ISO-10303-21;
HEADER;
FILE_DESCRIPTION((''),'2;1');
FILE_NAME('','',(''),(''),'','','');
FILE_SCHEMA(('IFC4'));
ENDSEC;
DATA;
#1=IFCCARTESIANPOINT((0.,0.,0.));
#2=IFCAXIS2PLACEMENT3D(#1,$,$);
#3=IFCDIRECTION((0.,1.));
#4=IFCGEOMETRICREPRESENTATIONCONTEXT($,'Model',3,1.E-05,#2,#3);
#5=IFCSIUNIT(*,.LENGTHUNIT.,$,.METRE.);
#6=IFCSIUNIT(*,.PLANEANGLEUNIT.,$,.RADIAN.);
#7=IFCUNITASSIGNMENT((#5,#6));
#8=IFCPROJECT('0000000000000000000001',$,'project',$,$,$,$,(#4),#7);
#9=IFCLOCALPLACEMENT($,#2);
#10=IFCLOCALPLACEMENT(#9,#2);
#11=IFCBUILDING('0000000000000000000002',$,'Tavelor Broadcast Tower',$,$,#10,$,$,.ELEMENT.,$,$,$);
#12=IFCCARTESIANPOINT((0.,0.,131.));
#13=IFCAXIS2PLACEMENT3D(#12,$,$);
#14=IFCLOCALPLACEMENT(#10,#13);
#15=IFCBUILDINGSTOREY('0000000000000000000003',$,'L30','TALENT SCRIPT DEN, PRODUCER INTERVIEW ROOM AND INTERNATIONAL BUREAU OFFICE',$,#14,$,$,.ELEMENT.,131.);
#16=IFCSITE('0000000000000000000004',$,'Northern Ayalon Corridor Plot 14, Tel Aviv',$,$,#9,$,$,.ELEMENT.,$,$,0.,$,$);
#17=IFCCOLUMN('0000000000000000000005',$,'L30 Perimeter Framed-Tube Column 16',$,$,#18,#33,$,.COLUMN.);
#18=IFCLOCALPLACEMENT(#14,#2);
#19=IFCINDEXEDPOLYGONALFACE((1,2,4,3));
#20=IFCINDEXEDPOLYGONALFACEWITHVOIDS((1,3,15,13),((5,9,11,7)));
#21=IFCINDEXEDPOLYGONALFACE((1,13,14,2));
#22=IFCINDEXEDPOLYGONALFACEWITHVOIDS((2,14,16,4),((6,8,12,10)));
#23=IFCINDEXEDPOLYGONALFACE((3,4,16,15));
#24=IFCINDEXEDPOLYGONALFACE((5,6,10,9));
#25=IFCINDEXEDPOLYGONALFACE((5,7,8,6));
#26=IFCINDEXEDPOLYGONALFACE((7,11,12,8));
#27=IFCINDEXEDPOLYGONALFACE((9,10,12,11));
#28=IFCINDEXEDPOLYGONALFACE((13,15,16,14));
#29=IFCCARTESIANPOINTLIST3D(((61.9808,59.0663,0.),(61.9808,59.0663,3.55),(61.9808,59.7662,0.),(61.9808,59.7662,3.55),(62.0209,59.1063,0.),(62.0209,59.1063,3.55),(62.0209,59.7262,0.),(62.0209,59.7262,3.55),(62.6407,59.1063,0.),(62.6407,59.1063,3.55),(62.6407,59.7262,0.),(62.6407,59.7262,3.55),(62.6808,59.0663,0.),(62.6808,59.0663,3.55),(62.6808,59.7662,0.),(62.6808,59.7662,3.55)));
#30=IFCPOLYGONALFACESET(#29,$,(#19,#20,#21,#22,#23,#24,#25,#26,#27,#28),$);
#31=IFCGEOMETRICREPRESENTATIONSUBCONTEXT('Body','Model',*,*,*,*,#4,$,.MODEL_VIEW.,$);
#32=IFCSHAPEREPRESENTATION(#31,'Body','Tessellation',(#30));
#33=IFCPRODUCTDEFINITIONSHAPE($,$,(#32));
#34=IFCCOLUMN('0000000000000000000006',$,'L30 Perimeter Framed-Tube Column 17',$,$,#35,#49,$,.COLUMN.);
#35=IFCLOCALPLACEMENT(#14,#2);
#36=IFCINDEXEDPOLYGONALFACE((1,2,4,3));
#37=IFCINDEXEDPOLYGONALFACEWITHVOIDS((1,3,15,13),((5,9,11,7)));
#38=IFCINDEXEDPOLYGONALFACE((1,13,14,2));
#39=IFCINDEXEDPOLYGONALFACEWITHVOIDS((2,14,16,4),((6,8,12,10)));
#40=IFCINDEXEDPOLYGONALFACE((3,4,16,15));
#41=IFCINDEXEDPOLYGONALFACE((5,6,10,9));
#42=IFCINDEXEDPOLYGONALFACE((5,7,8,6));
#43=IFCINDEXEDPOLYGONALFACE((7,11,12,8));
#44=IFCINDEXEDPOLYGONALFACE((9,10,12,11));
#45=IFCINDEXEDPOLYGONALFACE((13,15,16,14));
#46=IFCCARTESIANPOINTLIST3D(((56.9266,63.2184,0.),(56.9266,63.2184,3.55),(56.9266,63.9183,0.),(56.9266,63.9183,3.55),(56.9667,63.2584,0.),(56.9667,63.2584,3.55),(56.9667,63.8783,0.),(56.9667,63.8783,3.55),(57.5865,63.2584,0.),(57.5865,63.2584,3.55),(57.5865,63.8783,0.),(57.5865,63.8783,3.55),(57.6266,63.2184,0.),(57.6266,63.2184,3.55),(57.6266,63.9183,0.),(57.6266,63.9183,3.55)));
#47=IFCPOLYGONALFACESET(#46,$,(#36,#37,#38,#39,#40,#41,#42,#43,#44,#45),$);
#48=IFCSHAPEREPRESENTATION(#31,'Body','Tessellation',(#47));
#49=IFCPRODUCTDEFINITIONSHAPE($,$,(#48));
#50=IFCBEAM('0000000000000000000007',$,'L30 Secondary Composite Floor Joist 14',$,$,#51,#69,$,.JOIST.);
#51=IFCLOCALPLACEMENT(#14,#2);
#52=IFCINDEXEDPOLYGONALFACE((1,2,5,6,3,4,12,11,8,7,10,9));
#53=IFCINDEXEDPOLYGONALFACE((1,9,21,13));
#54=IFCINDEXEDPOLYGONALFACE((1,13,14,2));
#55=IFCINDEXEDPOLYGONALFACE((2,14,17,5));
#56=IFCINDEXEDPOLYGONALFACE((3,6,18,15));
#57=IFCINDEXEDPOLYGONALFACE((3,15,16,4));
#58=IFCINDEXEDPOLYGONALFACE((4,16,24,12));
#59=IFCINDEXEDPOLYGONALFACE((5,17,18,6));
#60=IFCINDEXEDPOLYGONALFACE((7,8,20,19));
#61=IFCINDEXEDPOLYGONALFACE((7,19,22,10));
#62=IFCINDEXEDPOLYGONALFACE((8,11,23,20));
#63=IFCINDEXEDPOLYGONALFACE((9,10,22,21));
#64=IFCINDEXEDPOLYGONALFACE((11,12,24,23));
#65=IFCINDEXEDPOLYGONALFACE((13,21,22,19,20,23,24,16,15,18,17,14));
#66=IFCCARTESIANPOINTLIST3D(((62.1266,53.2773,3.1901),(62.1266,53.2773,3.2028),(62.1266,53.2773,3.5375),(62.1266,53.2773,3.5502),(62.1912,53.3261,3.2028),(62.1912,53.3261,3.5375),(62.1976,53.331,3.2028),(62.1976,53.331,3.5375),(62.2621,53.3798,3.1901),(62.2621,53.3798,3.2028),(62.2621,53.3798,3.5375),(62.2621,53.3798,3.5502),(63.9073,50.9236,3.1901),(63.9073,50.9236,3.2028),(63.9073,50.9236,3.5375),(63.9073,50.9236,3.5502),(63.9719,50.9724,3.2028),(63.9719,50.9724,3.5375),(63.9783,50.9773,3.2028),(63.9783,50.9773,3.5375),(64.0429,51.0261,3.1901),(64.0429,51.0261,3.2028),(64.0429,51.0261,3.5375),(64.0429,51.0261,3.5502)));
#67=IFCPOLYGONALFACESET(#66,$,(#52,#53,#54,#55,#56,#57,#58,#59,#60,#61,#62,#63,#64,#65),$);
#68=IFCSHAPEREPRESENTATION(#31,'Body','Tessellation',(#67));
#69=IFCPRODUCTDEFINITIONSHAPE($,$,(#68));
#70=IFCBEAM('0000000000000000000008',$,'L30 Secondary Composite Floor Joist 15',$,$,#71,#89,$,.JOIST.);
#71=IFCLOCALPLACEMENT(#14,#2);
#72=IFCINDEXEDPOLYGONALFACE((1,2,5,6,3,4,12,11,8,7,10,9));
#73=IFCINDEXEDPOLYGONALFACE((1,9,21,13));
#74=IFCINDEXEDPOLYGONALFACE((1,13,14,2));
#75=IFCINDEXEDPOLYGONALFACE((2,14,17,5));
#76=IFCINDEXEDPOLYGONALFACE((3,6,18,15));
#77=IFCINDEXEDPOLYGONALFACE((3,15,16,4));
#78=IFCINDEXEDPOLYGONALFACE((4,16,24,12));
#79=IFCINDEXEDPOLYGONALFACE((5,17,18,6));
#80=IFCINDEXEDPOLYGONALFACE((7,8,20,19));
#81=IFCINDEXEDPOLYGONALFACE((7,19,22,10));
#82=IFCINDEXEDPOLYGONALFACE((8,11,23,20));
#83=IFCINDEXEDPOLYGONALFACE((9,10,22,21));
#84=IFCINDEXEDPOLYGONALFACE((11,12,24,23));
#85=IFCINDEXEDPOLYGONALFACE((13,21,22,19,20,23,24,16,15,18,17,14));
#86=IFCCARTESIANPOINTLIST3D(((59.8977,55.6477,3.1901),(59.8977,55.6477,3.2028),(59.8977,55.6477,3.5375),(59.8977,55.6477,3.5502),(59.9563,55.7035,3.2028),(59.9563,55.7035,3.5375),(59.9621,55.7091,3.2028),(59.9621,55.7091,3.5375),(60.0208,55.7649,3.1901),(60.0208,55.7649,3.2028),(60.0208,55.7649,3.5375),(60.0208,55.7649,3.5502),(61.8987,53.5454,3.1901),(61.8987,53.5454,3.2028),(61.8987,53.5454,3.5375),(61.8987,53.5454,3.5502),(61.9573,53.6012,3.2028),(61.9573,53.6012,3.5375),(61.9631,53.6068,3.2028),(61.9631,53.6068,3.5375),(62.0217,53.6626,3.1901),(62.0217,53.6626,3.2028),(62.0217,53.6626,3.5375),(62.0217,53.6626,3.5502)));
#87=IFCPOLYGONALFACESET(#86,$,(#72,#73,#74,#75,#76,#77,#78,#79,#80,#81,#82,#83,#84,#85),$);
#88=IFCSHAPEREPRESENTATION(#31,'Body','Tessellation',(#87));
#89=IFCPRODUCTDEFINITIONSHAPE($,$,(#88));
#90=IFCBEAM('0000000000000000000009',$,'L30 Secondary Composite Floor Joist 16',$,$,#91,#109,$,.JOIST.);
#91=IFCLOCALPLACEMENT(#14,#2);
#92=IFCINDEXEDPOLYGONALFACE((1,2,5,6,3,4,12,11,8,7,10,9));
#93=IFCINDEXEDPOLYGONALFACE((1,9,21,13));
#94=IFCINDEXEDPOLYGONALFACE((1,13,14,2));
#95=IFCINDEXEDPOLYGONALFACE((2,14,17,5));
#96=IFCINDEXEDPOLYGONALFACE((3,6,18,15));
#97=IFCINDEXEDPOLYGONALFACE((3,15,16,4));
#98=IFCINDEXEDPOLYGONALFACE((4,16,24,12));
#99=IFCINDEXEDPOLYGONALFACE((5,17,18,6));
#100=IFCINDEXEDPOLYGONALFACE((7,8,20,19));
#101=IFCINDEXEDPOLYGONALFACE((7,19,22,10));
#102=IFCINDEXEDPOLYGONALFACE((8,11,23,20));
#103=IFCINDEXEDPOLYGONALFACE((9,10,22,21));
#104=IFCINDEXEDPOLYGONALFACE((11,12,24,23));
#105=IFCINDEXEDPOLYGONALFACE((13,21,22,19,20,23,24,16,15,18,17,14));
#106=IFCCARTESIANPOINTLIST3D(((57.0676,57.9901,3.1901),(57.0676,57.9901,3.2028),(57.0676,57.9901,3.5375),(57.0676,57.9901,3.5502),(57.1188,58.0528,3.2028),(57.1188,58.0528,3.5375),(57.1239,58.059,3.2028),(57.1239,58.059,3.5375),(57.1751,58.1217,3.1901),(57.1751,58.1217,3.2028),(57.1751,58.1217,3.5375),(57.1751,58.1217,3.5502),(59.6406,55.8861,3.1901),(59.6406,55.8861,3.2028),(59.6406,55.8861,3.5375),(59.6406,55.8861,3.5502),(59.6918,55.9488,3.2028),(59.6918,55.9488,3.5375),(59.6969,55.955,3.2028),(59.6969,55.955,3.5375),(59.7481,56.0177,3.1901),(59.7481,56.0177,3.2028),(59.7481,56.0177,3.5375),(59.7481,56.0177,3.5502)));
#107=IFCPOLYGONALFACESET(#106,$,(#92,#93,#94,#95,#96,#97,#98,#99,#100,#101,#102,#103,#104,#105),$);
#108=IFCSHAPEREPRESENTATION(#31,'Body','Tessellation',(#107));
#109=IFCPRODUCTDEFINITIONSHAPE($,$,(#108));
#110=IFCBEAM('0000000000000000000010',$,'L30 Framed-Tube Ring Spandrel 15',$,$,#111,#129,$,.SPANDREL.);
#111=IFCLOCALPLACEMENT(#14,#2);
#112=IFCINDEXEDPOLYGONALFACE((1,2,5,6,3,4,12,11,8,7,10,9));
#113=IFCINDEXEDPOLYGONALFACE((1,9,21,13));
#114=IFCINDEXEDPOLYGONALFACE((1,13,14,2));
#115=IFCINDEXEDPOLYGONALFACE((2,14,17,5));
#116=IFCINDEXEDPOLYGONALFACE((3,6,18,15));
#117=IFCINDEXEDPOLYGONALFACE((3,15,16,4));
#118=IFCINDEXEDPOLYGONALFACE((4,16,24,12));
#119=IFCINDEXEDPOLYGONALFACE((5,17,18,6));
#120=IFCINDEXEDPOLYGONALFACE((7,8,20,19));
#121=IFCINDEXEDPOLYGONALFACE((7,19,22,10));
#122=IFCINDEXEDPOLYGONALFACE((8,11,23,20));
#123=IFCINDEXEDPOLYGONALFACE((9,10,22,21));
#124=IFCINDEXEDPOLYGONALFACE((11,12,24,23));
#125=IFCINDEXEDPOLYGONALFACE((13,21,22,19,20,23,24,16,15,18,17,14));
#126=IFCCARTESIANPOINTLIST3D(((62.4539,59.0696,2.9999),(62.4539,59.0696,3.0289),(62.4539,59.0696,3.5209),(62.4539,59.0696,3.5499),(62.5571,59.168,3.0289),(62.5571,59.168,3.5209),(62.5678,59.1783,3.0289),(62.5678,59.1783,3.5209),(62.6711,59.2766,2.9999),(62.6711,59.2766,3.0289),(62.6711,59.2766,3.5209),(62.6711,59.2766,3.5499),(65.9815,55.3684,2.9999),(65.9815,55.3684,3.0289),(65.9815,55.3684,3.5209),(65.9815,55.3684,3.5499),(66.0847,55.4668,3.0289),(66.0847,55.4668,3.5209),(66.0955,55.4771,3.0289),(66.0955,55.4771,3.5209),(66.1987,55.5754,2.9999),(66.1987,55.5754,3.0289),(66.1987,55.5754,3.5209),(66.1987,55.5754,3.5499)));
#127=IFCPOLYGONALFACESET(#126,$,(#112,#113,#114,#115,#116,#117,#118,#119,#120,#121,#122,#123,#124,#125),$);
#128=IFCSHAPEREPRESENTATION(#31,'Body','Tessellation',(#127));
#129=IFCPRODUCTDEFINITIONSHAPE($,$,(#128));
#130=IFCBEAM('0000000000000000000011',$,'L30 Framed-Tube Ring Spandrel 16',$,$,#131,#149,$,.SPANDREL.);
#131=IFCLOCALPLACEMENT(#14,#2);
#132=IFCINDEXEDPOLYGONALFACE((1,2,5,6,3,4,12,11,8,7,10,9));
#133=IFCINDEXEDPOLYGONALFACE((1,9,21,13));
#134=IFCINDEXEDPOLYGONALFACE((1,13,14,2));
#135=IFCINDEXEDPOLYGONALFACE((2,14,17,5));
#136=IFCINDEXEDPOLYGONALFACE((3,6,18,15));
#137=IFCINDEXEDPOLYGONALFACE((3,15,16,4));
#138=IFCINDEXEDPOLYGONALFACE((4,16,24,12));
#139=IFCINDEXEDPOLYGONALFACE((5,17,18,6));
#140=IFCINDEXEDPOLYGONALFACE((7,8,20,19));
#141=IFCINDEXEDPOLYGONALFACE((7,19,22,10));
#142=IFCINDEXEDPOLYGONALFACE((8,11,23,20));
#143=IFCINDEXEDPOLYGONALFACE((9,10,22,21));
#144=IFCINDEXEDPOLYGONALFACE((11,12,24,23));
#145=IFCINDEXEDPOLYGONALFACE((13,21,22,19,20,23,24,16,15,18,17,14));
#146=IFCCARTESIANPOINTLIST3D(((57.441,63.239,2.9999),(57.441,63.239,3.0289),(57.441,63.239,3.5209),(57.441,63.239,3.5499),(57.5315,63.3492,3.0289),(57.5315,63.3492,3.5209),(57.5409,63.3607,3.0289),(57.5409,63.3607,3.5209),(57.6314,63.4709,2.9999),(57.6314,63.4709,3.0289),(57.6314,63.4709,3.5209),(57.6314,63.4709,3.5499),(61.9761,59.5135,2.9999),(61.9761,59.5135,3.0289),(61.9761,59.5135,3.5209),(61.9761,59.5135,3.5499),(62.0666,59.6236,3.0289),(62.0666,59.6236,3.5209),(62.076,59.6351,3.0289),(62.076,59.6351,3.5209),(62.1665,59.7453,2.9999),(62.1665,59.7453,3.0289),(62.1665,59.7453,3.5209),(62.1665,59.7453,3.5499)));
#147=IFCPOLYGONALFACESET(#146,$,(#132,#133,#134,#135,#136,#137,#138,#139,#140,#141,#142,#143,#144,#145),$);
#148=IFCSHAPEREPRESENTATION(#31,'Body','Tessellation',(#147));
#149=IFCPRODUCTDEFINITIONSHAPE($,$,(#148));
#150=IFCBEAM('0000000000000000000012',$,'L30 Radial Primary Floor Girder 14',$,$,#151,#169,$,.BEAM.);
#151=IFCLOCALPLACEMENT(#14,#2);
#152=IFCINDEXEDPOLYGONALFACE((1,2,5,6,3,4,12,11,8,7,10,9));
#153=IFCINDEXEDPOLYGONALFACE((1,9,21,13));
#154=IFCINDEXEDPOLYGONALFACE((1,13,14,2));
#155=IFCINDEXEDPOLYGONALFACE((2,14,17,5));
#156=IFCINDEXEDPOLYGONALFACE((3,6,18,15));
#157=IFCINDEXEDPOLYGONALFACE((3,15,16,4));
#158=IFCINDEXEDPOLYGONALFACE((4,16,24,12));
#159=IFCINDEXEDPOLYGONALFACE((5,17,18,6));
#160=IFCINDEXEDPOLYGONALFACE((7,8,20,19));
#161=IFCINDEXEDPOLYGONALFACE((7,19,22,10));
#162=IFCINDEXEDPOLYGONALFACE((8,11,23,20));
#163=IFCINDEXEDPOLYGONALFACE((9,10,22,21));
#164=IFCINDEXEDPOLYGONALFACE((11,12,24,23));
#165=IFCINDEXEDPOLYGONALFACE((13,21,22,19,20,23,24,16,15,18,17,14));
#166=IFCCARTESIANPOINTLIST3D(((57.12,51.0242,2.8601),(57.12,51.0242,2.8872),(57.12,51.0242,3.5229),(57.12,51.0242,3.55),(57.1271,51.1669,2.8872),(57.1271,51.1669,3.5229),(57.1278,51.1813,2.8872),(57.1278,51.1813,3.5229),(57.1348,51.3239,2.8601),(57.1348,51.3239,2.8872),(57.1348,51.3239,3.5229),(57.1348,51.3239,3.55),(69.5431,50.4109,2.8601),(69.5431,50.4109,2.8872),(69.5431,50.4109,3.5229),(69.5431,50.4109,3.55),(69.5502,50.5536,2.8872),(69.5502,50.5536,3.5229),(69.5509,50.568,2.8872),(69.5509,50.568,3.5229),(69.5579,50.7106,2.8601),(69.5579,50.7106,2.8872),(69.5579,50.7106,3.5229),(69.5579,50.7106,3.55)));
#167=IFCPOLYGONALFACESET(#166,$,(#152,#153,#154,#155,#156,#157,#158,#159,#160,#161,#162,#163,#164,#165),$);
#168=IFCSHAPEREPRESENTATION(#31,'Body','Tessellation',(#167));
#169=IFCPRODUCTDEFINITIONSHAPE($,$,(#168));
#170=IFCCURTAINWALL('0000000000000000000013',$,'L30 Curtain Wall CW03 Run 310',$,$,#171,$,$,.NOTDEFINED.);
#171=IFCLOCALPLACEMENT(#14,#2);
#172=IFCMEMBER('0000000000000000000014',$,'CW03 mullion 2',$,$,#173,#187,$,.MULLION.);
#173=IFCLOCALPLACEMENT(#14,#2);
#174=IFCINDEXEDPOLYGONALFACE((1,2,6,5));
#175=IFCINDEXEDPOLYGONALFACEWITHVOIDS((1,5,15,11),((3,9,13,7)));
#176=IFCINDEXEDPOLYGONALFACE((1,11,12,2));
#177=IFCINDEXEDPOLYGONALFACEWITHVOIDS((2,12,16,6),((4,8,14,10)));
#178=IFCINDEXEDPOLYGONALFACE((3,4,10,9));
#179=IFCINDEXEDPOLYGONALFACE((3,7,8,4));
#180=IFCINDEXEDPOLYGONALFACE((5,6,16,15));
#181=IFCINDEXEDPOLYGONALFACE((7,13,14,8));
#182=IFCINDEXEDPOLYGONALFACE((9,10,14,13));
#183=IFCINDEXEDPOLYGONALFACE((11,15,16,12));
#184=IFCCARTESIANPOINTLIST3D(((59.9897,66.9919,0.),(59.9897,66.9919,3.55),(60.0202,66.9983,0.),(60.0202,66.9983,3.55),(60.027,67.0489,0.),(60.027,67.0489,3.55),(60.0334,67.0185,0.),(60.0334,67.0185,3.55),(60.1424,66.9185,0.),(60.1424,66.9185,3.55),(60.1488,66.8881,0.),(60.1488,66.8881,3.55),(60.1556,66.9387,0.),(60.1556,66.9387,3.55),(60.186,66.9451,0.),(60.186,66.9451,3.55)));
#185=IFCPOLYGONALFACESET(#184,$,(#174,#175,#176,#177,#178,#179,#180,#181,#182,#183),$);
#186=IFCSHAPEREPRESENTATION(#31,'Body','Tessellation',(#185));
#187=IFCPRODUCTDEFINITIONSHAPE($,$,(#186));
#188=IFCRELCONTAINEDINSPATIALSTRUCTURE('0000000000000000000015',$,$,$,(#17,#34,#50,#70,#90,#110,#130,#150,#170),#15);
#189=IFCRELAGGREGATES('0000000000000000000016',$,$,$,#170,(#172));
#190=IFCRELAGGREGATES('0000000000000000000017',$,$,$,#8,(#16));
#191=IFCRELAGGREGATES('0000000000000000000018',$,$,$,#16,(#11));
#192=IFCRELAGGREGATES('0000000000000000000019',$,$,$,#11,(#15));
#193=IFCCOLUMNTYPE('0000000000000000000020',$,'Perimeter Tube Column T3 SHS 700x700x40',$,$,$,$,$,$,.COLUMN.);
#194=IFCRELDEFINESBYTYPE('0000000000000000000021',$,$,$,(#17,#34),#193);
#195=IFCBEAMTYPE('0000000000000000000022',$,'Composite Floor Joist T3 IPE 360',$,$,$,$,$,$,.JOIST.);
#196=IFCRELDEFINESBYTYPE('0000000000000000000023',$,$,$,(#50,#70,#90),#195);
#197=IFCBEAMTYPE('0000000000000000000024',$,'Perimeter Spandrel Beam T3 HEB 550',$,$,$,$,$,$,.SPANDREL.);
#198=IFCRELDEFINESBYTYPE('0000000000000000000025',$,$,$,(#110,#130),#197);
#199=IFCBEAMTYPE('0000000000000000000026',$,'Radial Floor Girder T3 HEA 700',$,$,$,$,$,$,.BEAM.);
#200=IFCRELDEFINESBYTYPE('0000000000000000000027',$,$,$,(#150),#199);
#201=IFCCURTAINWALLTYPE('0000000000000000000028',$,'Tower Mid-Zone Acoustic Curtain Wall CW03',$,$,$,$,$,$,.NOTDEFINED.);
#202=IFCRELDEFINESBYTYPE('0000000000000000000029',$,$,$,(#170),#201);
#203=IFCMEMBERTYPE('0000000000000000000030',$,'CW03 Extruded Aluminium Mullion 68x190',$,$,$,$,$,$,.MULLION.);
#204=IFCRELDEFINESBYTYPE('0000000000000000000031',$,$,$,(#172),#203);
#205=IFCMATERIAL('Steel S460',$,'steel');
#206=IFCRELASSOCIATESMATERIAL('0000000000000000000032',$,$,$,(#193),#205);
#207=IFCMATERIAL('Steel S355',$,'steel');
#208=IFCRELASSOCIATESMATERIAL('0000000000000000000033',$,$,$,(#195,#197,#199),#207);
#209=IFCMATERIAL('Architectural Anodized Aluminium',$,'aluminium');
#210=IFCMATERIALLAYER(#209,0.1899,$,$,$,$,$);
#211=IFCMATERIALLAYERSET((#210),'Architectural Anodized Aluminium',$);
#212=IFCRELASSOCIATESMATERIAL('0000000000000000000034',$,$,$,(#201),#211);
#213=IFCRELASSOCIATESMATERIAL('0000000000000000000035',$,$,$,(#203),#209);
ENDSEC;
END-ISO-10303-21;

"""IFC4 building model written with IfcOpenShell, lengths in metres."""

from ifc_helpers import new_model, si_unit, direction, frame, origin, origin_2d, place, context, subcontext, project, spatial, hollow_rectangle, i_section, extrude, source, transform, mapped, material, layer, layer_set, material_profile, profile_set, type_object, type_shapes, element, aggregate, save


model = new_model("IFC4")

# Units and contexts
model_context = context("Model", 3, precision=1e-05, world=origin(), true_north=direction((0.0, 1.0)))
body_context = subcontext(model_context, "Body", "Model", "MODEL_VIEW")
ifc_project = project(units=[si_unit("LENGTHUNIT", "METRE"), si_unit("PLANEANGLEUNIT", "RADIAN")], contexts=[model_context])

# Site, building, storey
site_placement = place(None, origin())
site = spatial("IfcSite", under=ifc_project, at=site_placement, Name="Northern Ayalon Corridor Plot 14, Tel Aviv", CompositionType="ELEMENT", RefElevation=0.0)
building_placement = place(site_placement, origin())
building = spatial("IfcBuilding", under=site, at=building_placement, Name="Tavelor Broadcast Tower", CompositionType="ELEMENT")
storey_placement = place(building_placement, frame((0.0, 0.0, 131.0)))
storey = spatial("IfcBuildingStorey", under=building, at=storey_placement, Name="L30", Description="TALENT SCRIPT DEN, PRODUCER INTERVIEW ROOM AND INTERNATIONAL BUREAU OFFICE", CompositionType="ELEMENT", Elevation=131.0)

# Columns
ifc_material_1 = material(Name="Steel S460", Category="steel")
ifc_material_profile_1 = material_profile(ifc_material_1, hollow_rectangle(XDim=0.7, YDim=0.7, WallThickness=0.04, at=origin_2d()), Name="SHS 700x700x40")
ifc_profile_set_1 = profile_set([ifc_material_profile_1], Name="Steel S460")
column_type = type_object("IfcColumnType", Name="Perimeter Tube Column T3 SHS 700x700x40", PredefinedType="COLUMN", material=ifc_profile_set_1)
for number, where, z_axis, x_axis, name in (
    (1, (62.3308, 59.4163, 0.0), (0.0, 0.0, 1.0), (1.0, 0.0, 0.0), "L30 Perimeter Framed-Tube Column 16"),
    (2, (57.2766, 63.5684, 0.0), (0.0, 0.0, 1.0), (1.0, 0.0, 0.0), "L30 Perimeter Framed-Tube Column 17"),
):
    element("IfcColumn", number, at=place(storey_placement, frame(where, z_axis=z_axis, x_axis=x_axis)), inside=storey, type_object=column_type, Name=name, PredefinedType="COLUMN", context=body_context, shape_type="SweptSolid", body=[
        extrude(hollow_rectangle(XDim=0.7, YDim=0.7, WallThickness=0.04, at=origin_2d()), origin(), (0.0, 0.0, 1.0), 3.55),
    ])

# Beams
ifc_material_2 = material(Name="Steel S355", Category="steel")
ifc_material_profile_2 = material_profile(ifc_material_2, i_section(OverallWidth=0.1699, OverallDepth=0.3601, WebThickness=0.0081, FlangeThickness=0.0127, at=origin_2d()), Name="IPE 360")
ifc_profile_set_2 = profile_set([ifc_material_profile_2], Name="Steel S355")
beam_type_1 = type_object("IfcBeamType", Name="Composite Floor Joist T3 IPE 360", PredefinedType="JOIST", material=ifc_profile_set_2)
beam_1_placement = place(storey_placement, frame((63.9751, 50.9749, 3.3701), z_axis=(-0.603343, 0.797482, 0.0), x_axis=(-0.797482, -0.603343, 0.0)))
element("IfcBeam", 3, at=beam_1_placement, inside=storey, type_object=beam_type_1, Name="L30 Secondary Composite Floor Joist 14", PredefinedType="JOIST", context=body_context, shape_type="SweptSolid", body=[
    extrude(i_section(OverallWidth=0.1699, OverallDepth=0.3601, WebThickness=0.0081, FlangeThickness=0.0127, at=origin_2d()), origin(), (0.0, 0.0, 1.0), 2.9514),
])
beam_2_placement = place(storey_placement, frame((61.9602, 53.604, 3.3701), z_axis=(-0.689437, 0.724346, 0.0), x_axis=(-0.724346, -0.689437, 0.0)))
element("IfcBeam", 4, at=beam_2_placement, inside=storey, type_object=beam_type_1, Name="L30 Secondary Composite Floor Joist 15", PredefinedType="JOIST", context=body_context, shape_type="SweptSolid", body=[
    extrude(i_section(OverallWidth=0.1699, OverallDepth=0.3601, WebThickness=0.0081, FlangeThickness=0.0127, at=origin_2d()), origin(), (0.0, 0.0, 1.0), 2.9023),
])
beam_3_placement = place(storey_placement, frame((59.6943, 55.9519, 3.3701), z_axis=(-0.774131, 0.633026, 0.0), x_axis=(-0.633026, -0.774131, 0.0)))
element("IfcBeam", 5, at=beam_3_placement, inside=storey, type_object=beam_type_1, Name="L30 Secondary Composite Floor Joist 16", PredefinedType="JOIST", context=body_context, shape_type="SweptSolid", body=[
    extrude(i_section(OverallWidth=0.1699, OverallDepth=0.3601, WebThickness=0.0081, FlangeThickness=0.0127, at=origin_2d()), origin(), (0.0, 0.0, 1.0), 3.3237),
])
ifc_material_profile_3 = material_profile(ifc_material_2, i_section(OverallWidth=0.3, OverallDepth=0.55, WebThickness=0.0149, FlangeThickness=0.0291, at=origin_2d()), Name="HEB 550")
ifc_profile_set_3 = profile_set([ifc_material_profile_3], Name="Steel S355")
beam_type_2 = type_object("IfcBeamType", Name="Perimeter Spandrel Beam T3 HEB 550", PredefinedType="SPANDREL", material=ifc_profile_set_3)
beam_4_placement = place(storey_placement, frame((66.0901, 55.4719, 3.2749), z_axis=(-0.689928, 0.723878, 0.0), x_axis=(-0.723878, -0.689928, 0.0)))
element("IfcBeam", 6, at=beam_4_placement, inside=storey, type_object=beam_type_2, Name="L30 Framed-Tube Ring Spandrel 15", PredefinedType="SPANDREL", context=body_context, shape_type="SweptSolid", body=[
    extrude(i_section(OverallWidth=0.3, OverallDepth=0.55, WebThickness=0.0149, FlangeThickness=0.0291, at=origin_2d()), origin(), (0.0, 0.0, 1.0), 5.113),
])
beam_5_placement = place(storey_placement, frame((62.0713, 59.6294, 3.2749), z_axis=(-0.772703, 0.634768, 0.0), x_axis=(-0.634768, -0.772703, 0.0)))
element("IfcBeam", 7, at=beam_5_placement, inside=storey, type_object=beam_type_2, Name="L30 Framed-Tube Ring Spandrel 16", PredefinedType="SPANDREL", context=body_context, shape_type="SweptSolid", body=[
    extrude(i_section(OverallWidth=0.3, OverallDepth=0.55, WebThickness=0.0149, FlangeThickness=0.0291, at=origin_2d()), origin(), (0.0, 0.0, 1.0), 5.8691),
])
ifc_material_profile_4 = material_profile(ifc_material_2, i_section(OverallWidth=0.3, OverallDepth=0.6899, WebThickness=0.0144, FlangeThickness=0.0271, at=origin_2d()), Name="HEA 700")
ifc_profile_set_4 = profile_set([ifc_material_profile_4], Name="Steel S355")
beam_type_3 = type_object("IfcBeamType", Name="Radial Floor Girder T3 HEA 700", PredefinedType="BEAM", material=ifc_profile_set_4)
beam_6_placement = place(storey_placement, frame((57.1274, 51.1741, 3.2051), z_axis=(0.998784, -0.049306, 0.0), x_axis=(0.049306, 0.998784, 0.0)))
element("IfcBeam", 8, at=beam_6_placement, inside=storey, type_object=beam_type_3, Name="L30 Radial Primary Floor Girder 14", PredefinedType="BEAM", context=body_context, shape_type="SweptSolid", body=[
    extrude(i_section(OverallWidth=0.3, OverallDepth=0.6899, WebThickness=0.0144, FlangeThickness=0.0271, at=origin_2d()), origin(), (0.0, 0.0, 1.0), 12.4382),
])

# Curtain wall, member
ifc_material_3 = material(Name="Architectural Anodized Aluminium", Category="aluminium")
ifc_layer_1 = layer(ifc_material_3, 0.1899)
ifc_layer_set_1 = layer_set([ifc_layer_1], Name="Architectural Anodized Aluminium")
curtain_wall_type = type_object("IfcCurtainWallType", Name="Tower Mid-Zone Acoustic Curtain Wall CW03", PredefinedType="NOTDEFINED", material=ifc_layer_set_1)
curtain_wall_1_placement = place(storey_placement, origin())
curtain_wall_1 = element("IfcCurtainWall", 9, at=curtain_wall_1_placement, inside=storey, type_object=curtain_wall_type, Name="L30 Curtain Wall CW03 Run 310", PredefinedType="NOTDEFINED")
ifc_material_profile_5 = material_profile(ifc_material_3, hollow_rectangle(XDim=0.0681, YDim=0.1899, WallThickness=0.022, at=origin_2d()), Name="RHS 68x190x22")
ifc_profile_set_5 = profile_set([ifc_material_profile_5], Name="Architectural Anodized Aluminium")
member_type_1 = type_object("IfcMemberType", Name="CW03 Extruded Aluminium Mullion 68x190", PredefinedType="MULLION", material=ifc_profile_set_5)
shared_shape_1 = source(origin(), body_context, "Body", "SweptSolid", [
    extrude(hollow_rectangle(XDim=0.0681, YDim=0.1899, WallThickness=0.022, at=origin_2d()), origin(), (0.0, 0.0, 1.0), 3.55),
])
type_shapes(member_type_1, [shared_shape_1])
member_1_placement = place(storey_placement, frame((60.0879, 66.9685, 0.0), z_axis=(0.0, 0.0, 1.0), x_axis=(-0.546463, -0.837484, 0.0)))
member_1 = element("IfcMember", 10, at=member_1_placement, type_object=member_type_1, Name="CW03 mullion 2", PredefinedType="MULLION", context=body_context, shape_type="MappedRepresentation", body=[
    mapped(shared_shape_1, transform((0.0, 0.0, 0.0), scale=1.0)),
])

aggregate(curtain_wall_1, [member_1])

save(model, "model.ifc")
